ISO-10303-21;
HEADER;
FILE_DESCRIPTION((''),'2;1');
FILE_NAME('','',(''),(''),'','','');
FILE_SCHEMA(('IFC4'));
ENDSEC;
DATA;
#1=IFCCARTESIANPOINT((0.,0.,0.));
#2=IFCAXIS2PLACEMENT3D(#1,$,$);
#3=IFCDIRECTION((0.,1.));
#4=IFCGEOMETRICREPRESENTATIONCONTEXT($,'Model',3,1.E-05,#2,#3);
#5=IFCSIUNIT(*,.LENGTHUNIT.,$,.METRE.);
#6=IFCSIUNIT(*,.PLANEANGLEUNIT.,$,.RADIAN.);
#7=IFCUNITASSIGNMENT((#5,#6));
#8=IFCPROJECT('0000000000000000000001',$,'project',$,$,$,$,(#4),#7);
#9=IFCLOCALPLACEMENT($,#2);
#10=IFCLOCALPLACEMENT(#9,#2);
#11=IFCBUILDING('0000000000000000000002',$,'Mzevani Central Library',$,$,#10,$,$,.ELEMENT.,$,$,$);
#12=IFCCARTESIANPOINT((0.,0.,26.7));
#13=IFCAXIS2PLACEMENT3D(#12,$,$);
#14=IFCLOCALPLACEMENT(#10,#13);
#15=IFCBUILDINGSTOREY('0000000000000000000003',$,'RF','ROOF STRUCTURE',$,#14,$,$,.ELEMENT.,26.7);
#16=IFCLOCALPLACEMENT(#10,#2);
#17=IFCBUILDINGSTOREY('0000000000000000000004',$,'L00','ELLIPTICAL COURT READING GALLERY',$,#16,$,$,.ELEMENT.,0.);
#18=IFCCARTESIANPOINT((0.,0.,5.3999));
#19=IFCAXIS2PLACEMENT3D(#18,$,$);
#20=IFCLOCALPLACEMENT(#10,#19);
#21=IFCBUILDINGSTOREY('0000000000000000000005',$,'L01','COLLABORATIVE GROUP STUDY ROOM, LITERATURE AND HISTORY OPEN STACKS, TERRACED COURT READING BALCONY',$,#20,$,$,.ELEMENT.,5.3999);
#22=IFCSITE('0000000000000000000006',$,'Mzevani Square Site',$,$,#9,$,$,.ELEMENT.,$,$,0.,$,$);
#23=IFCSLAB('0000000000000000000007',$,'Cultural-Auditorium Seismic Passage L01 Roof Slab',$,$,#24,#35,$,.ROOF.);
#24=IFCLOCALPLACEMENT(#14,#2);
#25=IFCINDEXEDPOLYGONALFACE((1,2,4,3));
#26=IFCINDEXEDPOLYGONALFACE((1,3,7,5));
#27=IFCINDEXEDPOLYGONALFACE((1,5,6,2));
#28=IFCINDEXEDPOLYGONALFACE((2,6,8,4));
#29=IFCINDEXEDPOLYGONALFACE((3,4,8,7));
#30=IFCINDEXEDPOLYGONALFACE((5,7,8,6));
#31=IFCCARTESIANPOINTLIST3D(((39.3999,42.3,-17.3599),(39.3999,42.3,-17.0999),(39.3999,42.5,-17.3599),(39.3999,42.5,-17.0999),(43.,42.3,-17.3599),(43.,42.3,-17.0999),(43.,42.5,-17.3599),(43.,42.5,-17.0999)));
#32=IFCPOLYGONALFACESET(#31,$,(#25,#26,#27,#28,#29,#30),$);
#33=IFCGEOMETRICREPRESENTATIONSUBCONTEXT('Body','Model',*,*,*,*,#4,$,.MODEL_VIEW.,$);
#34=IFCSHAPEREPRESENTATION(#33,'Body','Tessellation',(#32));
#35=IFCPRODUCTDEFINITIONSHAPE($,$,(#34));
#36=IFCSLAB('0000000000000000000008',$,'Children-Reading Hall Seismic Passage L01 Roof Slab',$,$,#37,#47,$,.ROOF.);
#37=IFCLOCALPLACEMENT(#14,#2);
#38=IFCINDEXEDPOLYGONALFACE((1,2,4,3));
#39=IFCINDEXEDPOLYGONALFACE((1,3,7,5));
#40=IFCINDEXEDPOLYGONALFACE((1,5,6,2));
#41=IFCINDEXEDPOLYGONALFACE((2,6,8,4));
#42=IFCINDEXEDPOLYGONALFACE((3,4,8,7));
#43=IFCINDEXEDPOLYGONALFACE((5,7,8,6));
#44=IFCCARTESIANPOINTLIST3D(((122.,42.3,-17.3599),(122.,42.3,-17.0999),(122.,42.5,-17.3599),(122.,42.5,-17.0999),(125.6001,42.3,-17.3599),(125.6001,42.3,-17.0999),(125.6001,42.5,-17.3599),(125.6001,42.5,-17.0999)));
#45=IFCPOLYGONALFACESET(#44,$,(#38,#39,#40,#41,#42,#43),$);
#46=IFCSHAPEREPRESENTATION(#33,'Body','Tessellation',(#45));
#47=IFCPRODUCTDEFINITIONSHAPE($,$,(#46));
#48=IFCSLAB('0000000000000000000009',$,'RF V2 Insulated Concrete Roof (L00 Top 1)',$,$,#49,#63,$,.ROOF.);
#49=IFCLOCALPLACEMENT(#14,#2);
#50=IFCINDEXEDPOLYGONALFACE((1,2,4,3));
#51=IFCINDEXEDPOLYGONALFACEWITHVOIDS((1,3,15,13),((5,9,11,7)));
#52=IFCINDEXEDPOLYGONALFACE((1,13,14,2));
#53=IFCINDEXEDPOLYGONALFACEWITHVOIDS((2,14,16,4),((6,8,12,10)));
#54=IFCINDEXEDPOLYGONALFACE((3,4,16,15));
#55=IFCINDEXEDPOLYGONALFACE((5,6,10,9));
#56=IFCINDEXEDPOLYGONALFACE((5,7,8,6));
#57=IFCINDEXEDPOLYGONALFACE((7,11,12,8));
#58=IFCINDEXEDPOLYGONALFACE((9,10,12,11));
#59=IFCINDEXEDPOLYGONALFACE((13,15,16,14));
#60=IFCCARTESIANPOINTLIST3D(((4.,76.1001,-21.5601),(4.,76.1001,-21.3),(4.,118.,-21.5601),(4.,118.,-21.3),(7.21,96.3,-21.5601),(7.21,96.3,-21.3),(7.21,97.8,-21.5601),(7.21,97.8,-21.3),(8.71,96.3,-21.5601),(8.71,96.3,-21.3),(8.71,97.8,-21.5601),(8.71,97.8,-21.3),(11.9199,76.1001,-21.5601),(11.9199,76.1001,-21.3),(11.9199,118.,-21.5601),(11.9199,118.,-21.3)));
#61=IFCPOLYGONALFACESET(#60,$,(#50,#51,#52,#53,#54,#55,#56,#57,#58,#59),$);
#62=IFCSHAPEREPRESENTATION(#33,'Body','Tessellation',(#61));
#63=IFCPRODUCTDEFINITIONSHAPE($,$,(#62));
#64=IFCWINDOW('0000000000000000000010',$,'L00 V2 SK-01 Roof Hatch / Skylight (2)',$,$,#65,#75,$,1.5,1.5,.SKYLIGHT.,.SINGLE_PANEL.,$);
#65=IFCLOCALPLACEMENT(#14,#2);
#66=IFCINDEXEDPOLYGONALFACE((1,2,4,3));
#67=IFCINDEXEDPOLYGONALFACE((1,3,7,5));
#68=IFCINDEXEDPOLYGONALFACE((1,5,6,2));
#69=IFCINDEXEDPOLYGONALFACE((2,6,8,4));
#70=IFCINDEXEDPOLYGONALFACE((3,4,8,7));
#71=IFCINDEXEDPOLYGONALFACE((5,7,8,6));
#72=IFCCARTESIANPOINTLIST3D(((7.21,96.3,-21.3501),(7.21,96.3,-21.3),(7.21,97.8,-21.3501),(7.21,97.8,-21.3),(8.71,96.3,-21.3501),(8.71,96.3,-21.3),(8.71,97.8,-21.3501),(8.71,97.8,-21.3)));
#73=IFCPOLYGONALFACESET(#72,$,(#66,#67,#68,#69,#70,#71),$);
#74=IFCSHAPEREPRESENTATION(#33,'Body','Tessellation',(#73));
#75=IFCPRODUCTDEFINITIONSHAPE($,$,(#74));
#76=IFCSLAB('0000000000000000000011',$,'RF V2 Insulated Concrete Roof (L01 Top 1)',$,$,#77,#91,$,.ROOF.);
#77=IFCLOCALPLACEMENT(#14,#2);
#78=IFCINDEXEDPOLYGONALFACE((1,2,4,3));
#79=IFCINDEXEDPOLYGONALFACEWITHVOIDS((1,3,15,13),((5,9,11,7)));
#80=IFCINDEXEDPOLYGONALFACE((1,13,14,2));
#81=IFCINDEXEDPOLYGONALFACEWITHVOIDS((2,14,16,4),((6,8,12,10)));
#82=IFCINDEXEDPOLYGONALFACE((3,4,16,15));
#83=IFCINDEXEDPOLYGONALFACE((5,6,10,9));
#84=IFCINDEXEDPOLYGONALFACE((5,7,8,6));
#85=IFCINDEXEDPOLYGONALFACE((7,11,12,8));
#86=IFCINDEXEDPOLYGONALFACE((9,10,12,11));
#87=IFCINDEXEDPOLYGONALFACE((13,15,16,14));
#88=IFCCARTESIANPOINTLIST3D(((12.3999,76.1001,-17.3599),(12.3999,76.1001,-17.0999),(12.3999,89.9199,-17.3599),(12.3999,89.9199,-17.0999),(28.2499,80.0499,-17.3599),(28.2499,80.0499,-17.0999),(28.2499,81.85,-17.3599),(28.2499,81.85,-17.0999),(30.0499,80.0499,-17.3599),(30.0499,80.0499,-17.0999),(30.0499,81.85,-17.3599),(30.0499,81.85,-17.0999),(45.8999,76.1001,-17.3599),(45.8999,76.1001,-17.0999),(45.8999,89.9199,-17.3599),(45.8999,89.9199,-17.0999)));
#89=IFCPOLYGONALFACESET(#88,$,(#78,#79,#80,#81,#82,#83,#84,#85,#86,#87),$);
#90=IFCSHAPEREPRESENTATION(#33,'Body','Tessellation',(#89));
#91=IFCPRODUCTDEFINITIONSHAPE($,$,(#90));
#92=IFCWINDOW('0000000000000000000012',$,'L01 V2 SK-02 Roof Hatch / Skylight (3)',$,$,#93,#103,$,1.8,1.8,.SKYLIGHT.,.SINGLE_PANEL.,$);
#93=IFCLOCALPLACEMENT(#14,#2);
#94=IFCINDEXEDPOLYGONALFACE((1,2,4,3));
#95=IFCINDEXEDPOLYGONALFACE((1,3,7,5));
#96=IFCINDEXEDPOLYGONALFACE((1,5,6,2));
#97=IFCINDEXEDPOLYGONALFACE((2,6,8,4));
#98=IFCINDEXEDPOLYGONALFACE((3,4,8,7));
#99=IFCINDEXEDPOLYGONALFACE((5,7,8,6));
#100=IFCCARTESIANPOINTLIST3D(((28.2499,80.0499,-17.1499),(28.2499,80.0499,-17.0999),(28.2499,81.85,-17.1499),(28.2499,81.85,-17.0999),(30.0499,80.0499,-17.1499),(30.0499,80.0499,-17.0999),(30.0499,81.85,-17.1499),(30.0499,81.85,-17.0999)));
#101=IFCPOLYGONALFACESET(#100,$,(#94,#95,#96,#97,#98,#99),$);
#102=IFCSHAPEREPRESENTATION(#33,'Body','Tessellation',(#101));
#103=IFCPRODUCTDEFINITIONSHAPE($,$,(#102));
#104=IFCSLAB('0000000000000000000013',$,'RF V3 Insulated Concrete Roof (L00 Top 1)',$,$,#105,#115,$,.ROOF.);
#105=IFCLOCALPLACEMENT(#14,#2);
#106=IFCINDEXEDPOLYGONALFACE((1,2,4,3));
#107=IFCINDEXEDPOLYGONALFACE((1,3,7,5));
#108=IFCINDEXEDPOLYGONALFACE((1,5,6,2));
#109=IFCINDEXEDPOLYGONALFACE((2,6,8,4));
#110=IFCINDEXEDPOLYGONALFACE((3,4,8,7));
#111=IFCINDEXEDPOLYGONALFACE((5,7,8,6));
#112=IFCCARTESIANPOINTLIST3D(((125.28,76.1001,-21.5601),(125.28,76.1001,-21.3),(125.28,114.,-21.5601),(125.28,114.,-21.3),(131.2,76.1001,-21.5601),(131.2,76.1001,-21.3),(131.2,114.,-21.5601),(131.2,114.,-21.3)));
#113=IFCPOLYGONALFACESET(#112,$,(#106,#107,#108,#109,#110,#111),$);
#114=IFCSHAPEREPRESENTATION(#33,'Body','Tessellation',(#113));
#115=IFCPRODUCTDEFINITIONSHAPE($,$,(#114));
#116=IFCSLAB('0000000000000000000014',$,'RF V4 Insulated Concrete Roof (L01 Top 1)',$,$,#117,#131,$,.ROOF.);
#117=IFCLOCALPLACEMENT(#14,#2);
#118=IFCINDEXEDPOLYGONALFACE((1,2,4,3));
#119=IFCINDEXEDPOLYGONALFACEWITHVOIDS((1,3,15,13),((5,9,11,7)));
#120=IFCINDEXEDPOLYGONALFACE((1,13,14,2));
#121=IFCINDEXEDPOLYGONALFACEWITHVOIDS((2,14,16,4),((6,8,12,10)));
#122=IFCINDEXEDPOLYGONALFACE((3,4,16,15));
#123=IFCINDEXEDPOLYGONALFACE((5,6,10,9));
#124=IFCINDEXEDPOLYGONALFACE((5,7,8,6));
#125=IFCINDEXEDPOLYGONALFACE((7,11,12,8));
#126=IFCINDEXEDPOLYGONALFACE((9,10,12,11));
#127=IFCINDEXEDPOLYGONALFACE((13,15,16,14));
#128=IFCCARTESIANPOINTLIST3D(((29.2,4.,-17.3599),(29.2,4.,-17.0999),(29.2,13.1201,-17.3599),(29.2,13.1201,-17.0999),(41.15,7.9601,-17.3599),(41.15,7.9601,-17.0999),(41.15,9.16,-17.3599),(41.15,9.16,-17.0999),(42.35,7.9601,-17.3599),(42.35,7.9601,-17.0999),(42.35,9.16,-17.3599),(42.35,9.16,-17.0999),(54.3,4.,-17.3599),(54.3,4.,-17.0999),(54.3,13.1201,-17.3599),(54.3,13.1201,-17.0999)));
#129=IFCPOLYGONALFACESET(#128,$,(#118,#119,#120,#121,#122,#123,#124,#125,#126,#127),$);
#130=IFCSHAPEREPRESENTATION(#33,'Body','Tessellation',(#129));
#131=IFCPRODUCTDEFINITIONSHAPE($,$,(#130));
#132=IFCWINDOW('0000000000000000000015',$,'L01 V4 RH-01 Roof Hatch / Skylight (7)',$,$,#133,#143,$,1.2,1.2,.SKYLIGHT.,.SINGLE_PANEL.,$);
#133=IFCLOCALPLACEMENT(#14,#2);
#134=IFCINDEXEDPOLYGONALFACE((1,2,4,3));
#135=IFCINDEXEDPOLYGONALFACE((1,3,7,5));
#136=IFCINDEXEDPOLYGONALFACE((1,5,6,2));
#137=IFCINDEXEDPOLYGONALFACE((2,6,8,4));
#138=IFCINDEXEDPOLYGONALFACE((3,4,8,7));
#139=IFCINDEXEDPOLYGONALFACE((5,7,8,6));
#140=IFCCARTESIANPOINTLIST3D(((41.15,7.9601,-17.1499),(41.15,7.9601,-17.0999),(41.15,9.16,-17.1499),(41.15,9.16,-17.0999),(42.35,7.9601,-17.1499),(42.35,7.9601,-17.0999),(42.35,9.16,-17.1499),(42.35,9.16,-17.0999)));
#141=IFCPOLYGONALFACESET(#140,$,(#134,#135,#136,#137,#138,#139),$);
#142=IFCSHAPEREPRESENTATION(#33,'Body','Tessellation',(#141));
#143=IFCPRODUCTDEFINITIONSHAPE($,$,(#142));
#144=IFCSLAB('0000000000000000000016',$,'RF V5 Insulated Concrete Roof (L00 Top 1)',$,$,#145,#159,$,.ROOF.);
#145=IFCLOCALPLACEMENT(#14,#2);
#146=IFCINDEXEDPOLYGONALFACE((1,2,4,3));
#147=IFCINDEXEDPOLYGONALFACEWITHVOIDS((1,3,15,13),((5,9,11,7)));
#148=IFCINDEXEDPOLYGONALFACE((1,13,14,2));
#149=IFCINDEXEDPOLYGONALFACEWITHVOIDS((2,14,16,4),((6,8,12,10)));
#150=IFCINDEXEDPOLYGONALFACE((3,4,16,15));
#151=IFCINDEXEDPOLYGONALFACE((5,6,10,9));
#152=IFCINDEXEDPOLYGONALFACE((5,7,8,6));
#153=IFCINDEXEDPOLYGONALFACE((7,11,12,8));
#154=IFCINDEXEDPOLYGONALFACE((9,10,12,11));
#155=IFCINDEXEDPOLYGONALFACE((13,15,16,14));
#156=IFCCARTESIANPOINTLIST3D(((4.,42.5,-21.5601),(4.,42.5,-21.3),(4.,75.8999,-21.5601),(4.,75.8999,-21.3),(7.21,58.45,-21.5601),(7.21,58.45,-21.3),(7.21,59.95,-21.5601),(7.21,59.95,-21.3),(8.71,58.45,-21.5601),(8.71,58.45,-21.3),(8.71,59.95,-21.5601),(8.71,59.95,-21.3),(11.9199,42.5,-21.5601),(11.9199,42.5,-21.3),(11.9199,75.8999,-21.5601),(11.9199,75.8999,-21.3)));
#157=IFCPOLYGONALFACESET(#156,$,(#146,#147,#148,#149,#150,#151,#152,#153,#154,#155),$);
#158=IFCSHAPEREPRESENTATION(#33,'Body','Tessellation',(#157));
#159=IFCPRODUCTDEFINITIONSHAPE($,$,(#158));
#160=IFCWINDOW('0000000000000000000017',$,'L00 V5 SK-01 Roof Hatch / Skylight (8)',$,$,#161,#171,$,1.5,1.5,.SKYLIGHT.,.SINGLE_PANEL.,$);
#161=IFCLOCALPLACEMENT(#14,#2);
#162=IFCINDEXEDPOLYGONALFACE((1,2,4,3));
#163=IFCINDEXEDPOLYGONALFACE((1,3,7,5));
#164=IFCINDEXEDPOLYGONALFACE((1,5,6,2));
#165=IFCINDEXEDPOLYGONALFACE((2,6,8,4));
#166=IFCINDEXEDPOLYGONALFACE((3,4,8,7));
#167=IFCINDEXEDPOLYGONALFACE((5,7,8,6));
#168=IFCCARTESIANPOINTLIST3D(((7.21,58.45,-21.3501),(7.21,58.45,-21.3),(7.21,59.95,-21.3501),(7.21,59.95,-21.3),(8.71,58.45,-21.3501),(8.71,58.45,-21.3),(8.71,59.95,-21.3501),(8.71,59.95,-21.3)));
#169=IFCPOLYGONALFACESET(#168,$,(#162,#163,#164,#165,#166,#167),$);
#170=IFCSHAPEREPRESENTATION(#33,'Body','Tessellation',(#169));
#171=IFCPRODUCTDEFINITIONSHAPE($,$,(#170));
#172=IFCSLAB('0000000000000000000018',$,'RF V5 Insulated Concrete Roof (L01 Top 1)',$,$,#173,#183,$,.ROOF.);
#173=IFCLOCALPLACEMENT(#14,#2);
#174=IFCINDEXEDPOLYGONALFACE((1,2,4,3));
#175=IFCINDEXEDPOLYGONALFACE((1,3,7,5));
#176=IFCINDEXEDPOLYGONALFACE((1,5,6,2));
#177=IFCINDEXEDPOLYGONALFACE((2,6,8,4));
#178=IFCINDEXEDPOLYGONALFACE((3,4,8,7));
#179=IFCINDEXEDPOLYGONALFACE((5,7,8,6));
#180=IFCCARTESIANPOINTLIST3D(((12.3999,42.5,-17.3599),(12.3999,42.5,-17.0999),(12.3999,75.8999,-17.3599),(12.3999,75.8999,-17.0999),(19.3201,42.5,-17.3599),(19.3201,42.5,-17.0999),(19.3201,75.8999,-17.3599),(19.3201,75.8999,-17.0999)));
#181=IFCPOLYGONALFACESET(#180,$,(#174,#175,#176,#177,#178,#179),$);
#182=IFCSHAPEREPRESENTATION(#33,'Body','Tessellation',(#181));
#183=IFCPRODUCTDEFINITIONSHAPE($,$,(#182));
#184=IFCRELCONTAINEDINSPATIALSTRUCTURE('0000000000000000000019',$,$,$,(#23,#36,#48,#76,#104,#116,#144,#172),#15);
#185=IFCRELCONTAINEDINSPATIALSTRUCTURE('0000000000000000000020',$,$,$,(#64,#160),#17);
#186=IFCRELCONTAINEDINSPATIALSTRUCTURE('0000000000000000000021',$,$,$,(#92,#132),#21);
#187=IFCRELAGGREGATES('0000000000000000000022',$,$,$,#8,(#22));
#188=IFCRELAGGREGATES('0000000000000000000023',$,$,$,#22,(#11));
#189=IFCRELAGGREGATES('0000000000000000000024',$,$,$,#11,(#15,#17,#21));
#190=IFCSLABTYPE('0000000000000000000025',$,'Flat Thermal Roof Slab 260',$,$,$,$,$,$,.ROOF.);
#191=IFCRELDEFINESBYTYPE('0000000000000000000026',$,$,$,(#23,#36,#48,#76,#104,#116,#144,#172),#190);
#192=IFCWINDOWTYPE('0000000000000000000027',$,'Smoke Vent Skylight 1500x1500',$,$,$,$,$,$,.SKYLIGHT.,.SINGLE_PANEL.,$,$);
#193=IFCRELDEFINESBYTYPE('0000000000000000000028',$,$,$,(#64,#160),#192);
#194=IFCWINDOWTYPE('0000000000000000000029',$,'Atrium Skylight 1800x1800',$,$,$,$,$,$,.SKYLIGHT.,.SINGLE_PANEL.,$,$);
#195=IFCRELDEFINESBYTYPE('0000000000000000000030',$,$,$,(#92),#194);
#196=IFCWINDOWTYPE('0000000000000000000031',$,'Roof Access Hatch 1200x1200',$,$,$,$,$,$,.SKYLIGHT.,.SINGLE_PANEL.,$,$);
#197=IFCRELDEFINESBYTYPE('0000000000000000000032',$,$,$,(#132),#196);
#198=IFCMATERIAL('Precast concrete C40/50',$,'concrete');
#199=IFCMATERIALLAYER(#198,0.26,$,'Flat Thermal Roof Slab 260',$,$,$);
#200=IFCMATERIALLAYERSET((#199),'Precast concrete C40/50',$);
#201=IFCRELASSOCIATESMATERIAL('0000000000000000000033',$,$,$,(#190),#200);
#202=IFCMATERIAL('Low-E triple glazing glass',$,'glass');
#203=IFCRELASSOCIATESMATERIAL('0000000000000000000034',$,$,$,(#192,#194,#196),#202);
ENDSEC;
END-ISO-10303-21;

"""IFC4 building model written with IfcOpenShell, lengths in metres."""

from ifc_helpers import new_model, si_unit, direction, frame, origin, origin_2d, place, context, subcontext, project, spatial, polyline, rectangle, outline, extrude, material, layer, layer_set, type_object, element, fill, save


model = new_model("IFC4")

# Units and contexts
model_context = context("Model", 3, precision=1e-05, world=origin(), true_north=direction((0.0, 1.0)))
body_context = subcontext(model_context, "Body", "Model", "MODEL_VIEW")
ifc_project = project(units=[si_unit("LENGTHUNIT", "METRE"), si_unit("PLANEANGLEUNIT", "RADIAN")], contexts=[model_context])

# Site, building, storey
site_placement = place(None, origin())
site = spatial("IfcSite", under=ifc_project, at=site_placement, Name="Mzevani Square Site", CompositionType="ELEMENT", RefElevation=0.0)
building_placement = place(site_placement, origin())
building = spatial("IfcBuilding", under=site, at=building_placement, Name="Mzevani Central Library", CompositionType="ELEMENT")
storey_1_placement = place(building_placement, frame((0.0, 0.0, 26.7)))
storey_1 = spatial("IfcBuildingStorey", under=building, at=storey_1_placement, Name="RF", Description="ROOF STRUCTURE", CompositionType="ELEMENT", Elevation=26.7)

# Slabs
ifc_material_1 = material(Name="Precast concrete C40/50", Category="concrete")
ifc_layer_1 = layer(ifc_material_1, 0.26, Name="Flat Thermal Roof Slab 260")
ifc_layer_set_1 = layer_set([ifc_layer_1], Name="Precast concrete C40/50")
slab_type = type_object("IfcSlabType", Name="Flat Thermal Roof Slab 260", PredefinedType="ROOF", material=ifc_layer_set_1)
slab_1_placement = place(storey_1_placement, frame((0.0, 0.0, -17.3599)))
element("IfcSlab", 1, at=slab_1_placement, inside=storey_1, type_object=slab_type, Name="Cultural-Auditorium Seismic Passage L01 Roof Slab", PredefinedType="ROOF", context=body_context, shape_type="SweptSolid", body=[
    extrude(outline(polyline([(39.3999, 42.3), (43.0, 42.3), (43.0, 42.5), (39.3999, 42.5), (39.3999, 42.3)])), origin(), (0.0, 0.0, 1.0), 0.26),
])
slab_2_placement = place(storey_1_placement, frame((0.0, 0.0, -17.3599)))
element("IfcSlab", 2, at=slab_2_placement, inside=storey_1, type_object=slab_type, Name="Children-Reading Hall Seismic Passage L01 Roof Slab", PredefinedType="ROOF", context=body_context, shape_type="SweptSolid", body=[
    extrude(outline(polyline([(122.0, 42.3), (125.6001, 42.3), (125.6001, 42.5), (122.0, 42.5), (122.0, 42.3)])), origin(), (0.0, 0.0, 1.0), 0.26),
])

# Slab, opening
slab_3_placement = place(storey_1_placement, frame((0.0, 0.0, -21.5601)))
slab_3 = element("IfcSlab", 3, at=slab_3_placement, inside=storey_1, type_object=slab_type, Name="RF V2 Insulated Concrete Roof (L00 Top 1)", PredefinedType="ROOF", context=body_context, shape_type="SweptSolid", body=[
    extrude(outline(polyline([(4.0, 76.1001), (4.0, 118.0), (11.9199, 118.0), (11.9199, 76.1001), (4.0, 76.1001)])), origin(), (0.0, 0.0, 1.0), 0.26),
])
opening_1_placement = place(slab_3_placement, frame((7.96, 97.05, 0.0)))
opening_1 = element("IfcOpeningElement", 4, at=opening_1_placement, cuts=slab_3, PredefinedType="OPENING", context=body_context, shape_type="SweptSolid", body=[
    extrude(rectangle(XDim=1.5, YDim=1.5, at=origin_2d()), origin(), (0.0, 0.0, 1.0), 0.26),
])

# Shared definitions
storey_2_placement = place(building_placement, origin())
storey_2 = spatial("IfcBuildingStorey", under=building, at=storey_2_placement, Name="L00", Description="ELLIPTICAL COURT READING GALLERY", CompositionType="ELEMENT", Elevation=0.0)

# Window
ifc_material_2 = material(Name="Low-E triple glazing glass", Category="glass")
window_type_1 = type_object("IfcWindowType", Name="Smoke Vent Skylight 1500x1500", PartitioningType="SINGLE_PANEL", PredefinedType="SKYLIGHT", material=ifc_material_2)
window_1_placement = place(opening_1_placement, frame((0.0, 0.0, 0.21)))
window_1 = element("IfcWindow", 5, at=window_1_placement, inside=storey_2, type_object=window_type_1, Name="L00 V2 SK-01 Roof Hatch / Skylight (2)", OverallHeight=1.5, OverallWidth=1.5, PartitioningType="SINGLE_PANEL", PredefinedType="SKYLIGHT", context=body_context, shape_type="SweptSolid", body=[
    extrude(rectangle(XDim=1.5, YDim=1.5, at=origin_2d()), origin(), (0.0, 0.0, 1.0), 0.05),
])
fill(opening_1, window_1)

# Slab, opening
slab_4_placement = place(storey_1_placement, frame((0.0, 0.0, -17.3599)))
slab_4 = element("IfcSlab", 6, at=slab_4_placement, inside=storey_1, type_object=slab_type, Name="RF V2 Insulated Concrete Roof (L01 Top 1)", PredefinedType="ROOF", context=body_context, shape_type="SweptSolid", body=[
    extrude(outline(polyline([(12.3999, 89.9199), (45.8999, 89.9199), (45.8999, 76.1001), (12.3999, 76.1001), (12.3999, 89.9199)])), origin(), (0.0, 0.0, 1.0), 0.26),
])
opening_2_placement = place(slab_4_placement, frame((29.1499, 80.95, 0.0)))
opening_2 = element("IfcOpeningElement", 7, at=opening_2_placement, cuts=slab_4, PredefinedType="OPENING", context=body_context, shape_type="SweptSolid", body=[
    extrude(rectangle(XDim=1.8, YDim=1.8, at=origin_2d()), origin(), (0.0, 0.0, 1.0), 0.26),
])

# Shared definitions
storey_3_placement = place(building_placement, frame((0.0, 0.0, 5.3999)))
storey_3 = spatial("IfcBuildingStorey", under=building, at=storey_3_placement, Name="L01", Description="COLLABORATIVE GROUP STUDY ROOM, LITERATURE AND HISTORY OPEN STACKS, TERRACED COURT READING BALCONY", CompositionType="ELEMENT", Elevation=5.3999)

# Window
window_type_2 = type_object("IfcWindowType", Name="Atrium Skylight 1800x1800", PartitioningType="SINGLE_PANEL", PredefinedType="SKYLIGHT", material=ifc_material_2)
window_2_placement = place(opening_2_placement, frame((0.0, 0.0, 0.21)))
window_2 = element("IfcWindow", 8, at=window_2_placement, inside=storey_3, type_object=window_type_2, Name="L01 V2 SK-02 Roof Hatch / Skylight (3)", OverallHeight=1.8, OverallWidth=1.8, PartitioningType="SINGLE_PANEL", PredefinedType="SKYLIGHT", context=body_context, shape_type="SweptSolid", body=[
    extrude(rectangle(XDim=1.8, YDim=1.8, at=origin_2d()), origin(), (0.0, 0.0, 1.0), 0.05),
])
fill(opening_2, window_2)

# Slab
slab_5_placement = place(storey_1_placement, frame((0.0, 0.0, -21.5601)))
element("IfcSlab", 9, at=slab_5_placement, inside=storey_1, type_object=slab_type, Name="RF V3 Insulated Concrete Roof (L00 Top 1)", PredefinedType="ROOF", context=body_context, shape_type="SweptSolid", body=[
    extrude(outline(polyline([(131.2, 76.1001), (125.28, 76.1001), (125.28, 114.0), (131.2, 114.0), (131.2, 76.1001)])), origin(), (0.0, 0.0, 1.0), 0.26),
])

# Slabs, openings, windows
slab_6_placement = place(storey_1_placement, frame((0.0, 0.0, -17.3599)))
slab_6 = element("IfcSlab", 10, at=slab_6_placement, inside=storey_1, type_object=slab_type, Name="RF V4 Insulated Concrete Roof (L01 Top 1)", PredefinedType="ROOF", context=body_context, shape_type="SweptSolid", body=[
    extrude(outline(polyline([(29.2, 13.1201), (54.3, 13.1201), (54.3, 4.0), (29.2, 4.0), (29.2, 13.1201)])), origin(), (0.0, 0.0, 1.0), 0.26),
])
opening_3_placement = place(slab_6_placement, frame((41.75, 8.5601, 0.0)))
opening_3 = element("IfcOpeningElement", 11, at=opening_3_placement, cuts=slab_6, PredefinedType="OPENING", context=body_context, shape_type="SweptSolid", body=[
    extrude(rectangle(XDim=1.2, YDim=1.2, at=origin_2d()), origin(), (0.0, 0.0, 1.0), 0.26),
])
window_type_3 = type_object("IfcWindowType", Name="Roof Access Hatch 1200x1200", PartitioningType="SINGLE_PANEL", PredefinedType="SKYLIGHT", material=ifc_material_2)
window_3_placement = place(opening_3_placement, frame((0.0, 0.0, 0.21)))
window_3 = element("IfcWindow", 12, at=window_3_placement, inside=storey_3, type_object=window_type_3, Name="L01 V4 RH-01 Roof Hatch / Skylight (7)", OverallHeight=1.2, OverallWidth=1.2, PartitioningType="SINGLE_PANEL", PredefinedType="SKYLIGHT", context=body_context, shape_type="SweptSolid", body=[
    extrude(rectangle(XDim=1.2, YDim=1.2, at=origin_2d()), origin(), (0.0, 0.0, 1.0), 0.05),
])
fill(opening_3, window_3)
slab_7_placement = place(storey_1_placement, frame((0.0, 0.0, -21.5601)))
slab_7 = element("IfcSlab", 13, at=slab_7_placement, inside=storey_1, type_object=slab_type, Name="RF V5 Insulated Concrete Roof (L00 Top 1)", PredefinedType="ROOF", context=body_context, shape_type="SweptSolid", body=[
    extrude(outline(polyline([(4.0, 42.5), (4.0, 75.8999), (11.9199, 75.8999), (11.9199, 42.5), (4.0, 42.5)])), origin(), (0.0, 0.0, 1.0), 0.26),
])
opening_4_placement = place(slab_7_placement, frame((7.96, 59.2, 0.0)))
opening_4 = element("IfcOpeningElement", 14, at=opening_4_placement, cuts=slab_7, PredefinedType="OPENING", context=body_context, shape_type="SweptSolid", body=[
    extrude(rectangle(XDim=1.5, YDim=1.5, at=origin_2d()), origin(), (0.0, 0.0, 1.0), 0.26),
])
window_4_placement = place(opening_4_placement, frame((0.0, 0.0, 0.21)))
window_4 = element("IfcWindow", 15, at=window_4_placement, inside=storey_2, type_object=window_type_1, Name="L00 V5 SK-01 Roof Hatch / Skylight (8)", OverallHeight=1.5, OverallWidth=1.5, PartitioningType="SINGLE_PANEL", PredefinedType="SKYLIGHT", context=body_context, shape_type="SweptSolid", body=[
    extrude(rectangle(XDim=1.5, YDim=1.5, at=origin_2d()), origin(), (0.0, 0.0, 1.0), 0.05),
])
fill(opening_4, window_4)

# Slab
slab_8_placement = place(storey_1_placement, frame((0.0, 0.0, -17.3599)))
element("IfcSlab", 16, at=slab_8_placement, inside=storey_1, type_object=slab_type, Name="RF V5 Insulated Concrete Roof (L01 Top 1)", PredefinedType="ROOF", context=body_context, shape_type="SweptSolid", body=[
    extrude(outline(polyline([(19.3201, 42.5), (12.3999, 42.5), (12.3999, 75.8999), (19.3201, 75.8999), (19.3201, 42.5)])), origin(), (0.0, 0.0, 1.0), 0.26),
])

save(model, "model.ifc")
